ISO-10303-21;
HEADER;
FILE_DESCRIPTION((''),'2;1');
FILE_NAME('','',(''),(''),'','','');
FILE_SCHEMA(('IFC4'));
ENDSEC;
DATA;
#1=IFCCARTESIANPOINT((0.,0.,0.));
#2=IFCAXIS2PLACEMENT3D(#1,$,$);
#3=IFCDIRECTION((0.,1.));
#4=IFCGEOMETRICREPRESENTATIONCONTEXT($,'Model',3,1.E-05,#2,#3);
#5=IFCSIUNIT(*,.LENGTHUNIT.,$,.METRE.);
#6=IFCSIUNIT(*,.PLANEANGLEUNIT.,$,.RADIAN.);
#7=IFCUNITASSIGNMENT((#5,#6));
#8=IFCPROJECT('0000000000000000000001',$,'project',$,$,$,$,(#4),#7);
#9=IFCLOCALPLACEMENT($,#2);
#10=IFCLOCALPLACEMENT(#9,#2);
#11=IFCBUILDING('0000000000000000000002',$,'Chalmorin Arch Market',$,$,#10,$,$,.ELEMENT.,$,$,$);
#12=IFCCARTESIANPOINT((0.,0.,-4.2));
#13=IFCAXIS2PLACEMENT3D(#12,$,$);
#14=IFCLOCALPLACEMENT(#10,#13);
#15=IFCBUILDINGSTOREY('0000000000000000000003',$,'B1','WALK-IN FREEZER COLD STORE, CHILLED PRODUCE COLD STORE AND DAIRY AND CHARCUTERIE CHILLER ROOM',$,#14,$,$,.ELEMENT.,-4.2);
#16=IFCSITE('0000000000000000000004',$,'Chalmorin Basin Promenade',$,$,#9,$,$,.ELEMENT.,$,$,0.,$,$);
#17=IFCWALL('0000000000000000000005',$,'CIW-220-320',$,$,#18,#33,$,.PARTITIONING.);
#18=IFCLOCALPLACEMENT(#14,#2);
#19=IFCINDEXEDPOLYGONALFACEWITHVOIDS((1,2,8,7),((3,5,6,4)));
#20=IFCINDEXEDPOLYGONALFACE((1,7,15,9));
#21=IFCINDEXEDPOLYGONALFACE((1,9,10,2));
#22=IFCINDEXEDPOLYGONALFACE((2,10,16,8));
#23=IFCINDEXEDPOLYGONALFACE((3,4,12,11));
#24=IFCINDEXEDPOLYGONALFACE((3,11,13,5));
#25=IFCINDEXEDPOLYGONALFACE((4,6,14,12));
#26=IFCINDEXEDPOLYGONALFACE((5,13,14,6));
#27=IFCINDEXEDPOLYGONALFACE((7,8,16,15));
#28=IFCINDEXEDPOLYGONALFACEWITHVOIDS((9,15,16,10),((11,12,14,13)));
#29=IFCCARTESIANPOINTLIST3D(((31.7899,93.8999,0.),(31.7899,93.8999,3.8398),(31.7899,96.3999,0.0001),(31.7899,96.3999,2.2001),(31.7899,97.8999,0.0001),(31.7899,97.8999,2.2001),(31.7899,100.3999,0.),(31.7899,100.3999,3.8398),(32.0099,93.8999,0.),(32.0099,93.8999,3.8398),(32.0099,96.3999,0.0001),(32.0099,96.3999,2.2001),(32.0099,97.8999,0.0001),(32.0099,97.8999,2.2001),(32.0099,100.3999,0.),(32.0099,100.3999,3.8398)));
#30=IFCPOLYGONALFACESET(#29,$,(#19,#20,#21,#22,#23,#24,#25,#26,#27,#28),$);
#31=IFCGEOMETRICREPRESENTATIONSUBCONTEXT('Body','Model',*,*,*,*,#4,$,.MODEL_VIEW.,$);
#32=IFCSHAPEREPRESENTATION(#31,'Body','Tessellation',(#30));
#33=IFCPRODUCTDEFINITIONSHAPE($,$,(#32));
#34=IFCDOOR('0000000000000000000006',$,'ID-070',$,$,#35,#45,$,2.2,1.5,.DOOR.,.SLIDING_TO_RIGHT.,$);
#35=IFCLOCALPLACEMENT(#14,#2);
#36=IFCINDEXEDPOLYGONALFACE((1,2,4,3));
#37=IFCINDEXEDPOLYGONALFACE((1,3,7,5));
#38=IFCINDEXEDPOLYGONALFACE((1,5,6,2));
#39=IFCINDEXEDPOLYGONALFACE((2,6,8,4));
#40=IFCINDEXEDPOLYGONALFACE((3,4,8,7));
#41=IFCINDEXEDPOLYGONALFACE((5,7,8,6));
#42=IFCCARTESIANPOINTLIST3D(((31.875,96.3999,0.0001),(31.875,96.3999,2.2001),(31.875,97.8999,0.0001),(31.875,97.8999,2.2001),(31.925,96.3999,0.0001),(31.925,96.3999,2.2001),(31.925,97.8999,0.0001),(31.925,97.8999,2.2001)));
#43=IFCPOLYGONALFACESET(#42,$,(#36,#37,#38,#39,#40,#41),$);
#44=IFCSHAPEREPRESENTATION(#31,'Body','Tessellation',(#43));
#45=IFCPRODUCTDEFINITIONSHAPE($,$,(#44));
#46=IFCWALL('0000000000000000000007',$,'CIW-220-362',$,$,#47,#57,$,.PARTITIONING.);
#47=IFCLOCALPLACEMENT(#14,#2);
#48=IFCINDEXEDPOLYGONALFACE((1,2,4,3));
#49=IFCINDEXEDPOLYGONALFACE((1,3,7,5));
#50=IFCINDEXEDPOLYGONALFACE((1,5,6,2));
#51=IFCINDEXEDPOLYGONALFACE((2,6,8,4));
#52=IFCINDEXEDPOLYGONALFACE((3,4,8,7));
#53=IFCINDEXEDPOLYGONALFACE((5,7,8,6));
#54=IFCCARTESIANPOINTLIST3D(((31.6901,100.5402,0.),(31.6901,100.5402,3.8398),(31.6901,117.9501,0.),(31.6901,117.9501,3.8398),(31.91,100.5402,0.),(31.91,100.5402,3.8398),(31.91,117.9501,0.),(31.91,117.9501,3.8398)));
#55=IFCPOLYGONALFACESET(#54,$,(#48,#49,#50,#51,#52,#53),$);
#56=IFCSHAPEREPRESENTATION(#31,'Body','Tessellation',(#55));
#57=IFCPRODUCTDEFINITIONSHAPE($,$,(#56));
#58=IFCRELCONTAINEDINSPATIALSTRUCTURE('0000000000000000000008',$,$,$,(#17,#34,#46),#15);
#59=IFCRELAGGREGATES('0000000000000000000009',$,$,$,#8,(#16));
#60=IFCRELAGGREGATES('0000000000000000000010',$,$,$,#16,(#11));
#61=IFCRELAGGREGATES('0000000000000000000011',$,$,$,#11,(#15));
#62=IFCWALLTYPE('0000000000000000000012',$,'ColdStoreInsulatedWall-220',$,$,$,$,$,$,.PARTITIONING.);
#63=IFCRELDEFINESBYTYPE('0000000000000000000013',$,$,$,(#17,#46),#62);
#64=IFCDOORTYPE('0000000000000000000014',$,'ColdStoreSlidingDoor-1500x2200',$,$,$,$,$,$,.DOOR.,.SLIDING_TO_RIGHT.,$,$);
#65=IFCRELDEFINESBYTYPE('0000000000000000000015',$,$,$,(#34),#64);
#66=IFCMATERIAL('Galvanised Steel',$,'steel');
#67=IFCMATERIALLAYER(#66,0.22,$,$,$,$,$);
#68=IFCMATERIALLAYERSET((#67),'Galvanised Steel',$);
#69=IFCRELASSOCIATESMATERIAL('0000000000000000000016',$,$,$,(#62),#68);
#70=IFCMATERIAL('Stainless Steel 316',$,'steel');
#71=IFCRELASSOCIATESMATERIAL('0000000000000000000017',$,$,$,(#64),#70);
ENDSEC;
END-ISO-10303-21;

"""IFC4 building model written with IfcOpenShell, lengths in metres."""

from ifc_helpers import new_model, si_unit, direction, frame, frame_2d, origin, place, context, subcontext, project, spatial, rectangle, extrude, material, layer, layer_set, type_object, element, fill, save


model = new_model("IFC4")

# Units and contexts
model_context = context("Model", 3, precision=1e-05, world=origin(), true_north=direction((0.0, 1.0)))
body_context = subcontext(model_context, "Body", "Model", "MODEL_VIEW")
ifc_project = project(units=[si_unit("LENGTHUNIT", "METRE"), si_unit("PLANEANGLEUNIT", "RADIAN")], contexts=[model_context])

# Site, building, storey
site_placement = place(None, origin())
site = spatial("IfcSite", under=ifc_project, at=site_placement, Name="Chalmorin Basin Promenade", CompositionType="ELEMENT", RefElevation=0.0)
building_placement = place(site_placement, origin())
building = spatial("IfcBuilding", under=site, at=building_placement, Name="Chalmorin Arch Market", CompositionType="ELEMENT")
storey_placement = place(building_placement, frame((0.0, 0.0, -4.2)))
storey = spatial("IfcBuildingStorey", under=building, at=storey_placement, Name="B1", Description="WALK-IN FREEZER COLD STORE, CHILLED PRODUCE COLD STORE AND DAIRY AND CHARCUTERIE CHILLER ROOM", CompositionType="ELEMENT", Elevation=-4.2)

# Wall, opening, door
ifc_material_1 = material(Name="Galvanised Steel", Category="steel")
ifc_layer_1 = layer(ifc_material_1, 0.22)
ifc_layer_set_1 = layer_set([ifc_layer_1], Name="Galvanised Steel")
wall_type_1 = type_object("IfcWallType", Name="ColdStoreInsulatedWall-220", PredefinedType="PARTITIONING", material=ifc_layer_set_1)
wall_1_placement = place(storey_placement, frame((31.8999, 93.8999, 0.0), z_axis=(0.0, 0.0, 1.0), x_axis=(0.0, 1.0, 0.0)))
wall_1 = element("IfcWall", 1, at=wall_1_placement, inside=storey, type_object=wall_type_1, Name="CIW-220-320", PredefinedType="PARTITIONING", context=body_context, shape_type="SweptSolid", body=[
    extrude(rectangle(XDim=6.5, YDim=0.22, at=frame_2d((3.25, 0.0))), origin(), (0.0, 0.0, 1.0), 3.8398),
])
opening_1_placement = place(wall_1_placement, frame((2.5, 0.0, 0.0)))
opening_1 = element("IfcOpeningElement", 2, at=opening_1_placement, cuts=wall_1, PredefinedType="OPENING", context=body_context, shape_type="SweptSolid", body=[
    extrude(rectangle(XDim=1.5, YDim=2.2, at=frame_2d((0.75, 1.1001))), frame((0.0, 0.1199, 0.0), z_axis=(0.0, -1.0, 0.0), x_axis=(1.0, 0.0, 0.0)), (0.0, 0.0, 1.0), 0.24),
])
ifc_material_2 = material(Name="Stainless Steel 316", Category="steel")
door_type_1 = type_object("IfcDoorType", Name="ColdStoreSlidingDoor-1500x2200", OperationType="SLIDING_TO_RIGHT", PredefinedType="DOOR", material=ifc_material_2)
door_1_placement = place(opening_1_placement, origin())
door_1 = element("IfcDoor", 3, at=door_1_placement, inside=storey, type_object=door_type_1, Name="ID-070", OperationType="SLIDING_TO_RIGHT", OverallHeight=2.2, OverallWidth=1.5, PredefinedType="DOOR", context=body_context, shape_type="SweptSolid", body=[
    extrude(rectangle(XDim=1.5, YDim=2.2, at=frame_2d((0.75, 1.1001))), frame((0.0, 0.0249, 0.0), z_axis=(0.0, -1.0, 0.0), x_axis=(1.0, 0.0, 0.0)), (0.0, 0.0, 1.0), 0.05),
])
fill(opening_1, door_1)

# Wall
wall_2_placement = place(storey_placement, frame((31.8, 100.54, 0.0), z_axis=(0.0, 0.0, 1.0), x_axis=(0.0, 1.0, 0.0)))
element("IfcWall", 4, at=wall_2_placement, inside=storey, type_object=wall_type_1, Name="CIW-220-362", PredefinedType="PARTITIONING", context=body_context, shape_type="SweptSolid", body=[
    extrude(rectangle(XDim=17.4099, YDim=0.22, at=frame_2d((8.7051, 0.0))), origin(), (0.0, 0.0, 1.0), 3.8398),
])

save(model, "model.ifc")
